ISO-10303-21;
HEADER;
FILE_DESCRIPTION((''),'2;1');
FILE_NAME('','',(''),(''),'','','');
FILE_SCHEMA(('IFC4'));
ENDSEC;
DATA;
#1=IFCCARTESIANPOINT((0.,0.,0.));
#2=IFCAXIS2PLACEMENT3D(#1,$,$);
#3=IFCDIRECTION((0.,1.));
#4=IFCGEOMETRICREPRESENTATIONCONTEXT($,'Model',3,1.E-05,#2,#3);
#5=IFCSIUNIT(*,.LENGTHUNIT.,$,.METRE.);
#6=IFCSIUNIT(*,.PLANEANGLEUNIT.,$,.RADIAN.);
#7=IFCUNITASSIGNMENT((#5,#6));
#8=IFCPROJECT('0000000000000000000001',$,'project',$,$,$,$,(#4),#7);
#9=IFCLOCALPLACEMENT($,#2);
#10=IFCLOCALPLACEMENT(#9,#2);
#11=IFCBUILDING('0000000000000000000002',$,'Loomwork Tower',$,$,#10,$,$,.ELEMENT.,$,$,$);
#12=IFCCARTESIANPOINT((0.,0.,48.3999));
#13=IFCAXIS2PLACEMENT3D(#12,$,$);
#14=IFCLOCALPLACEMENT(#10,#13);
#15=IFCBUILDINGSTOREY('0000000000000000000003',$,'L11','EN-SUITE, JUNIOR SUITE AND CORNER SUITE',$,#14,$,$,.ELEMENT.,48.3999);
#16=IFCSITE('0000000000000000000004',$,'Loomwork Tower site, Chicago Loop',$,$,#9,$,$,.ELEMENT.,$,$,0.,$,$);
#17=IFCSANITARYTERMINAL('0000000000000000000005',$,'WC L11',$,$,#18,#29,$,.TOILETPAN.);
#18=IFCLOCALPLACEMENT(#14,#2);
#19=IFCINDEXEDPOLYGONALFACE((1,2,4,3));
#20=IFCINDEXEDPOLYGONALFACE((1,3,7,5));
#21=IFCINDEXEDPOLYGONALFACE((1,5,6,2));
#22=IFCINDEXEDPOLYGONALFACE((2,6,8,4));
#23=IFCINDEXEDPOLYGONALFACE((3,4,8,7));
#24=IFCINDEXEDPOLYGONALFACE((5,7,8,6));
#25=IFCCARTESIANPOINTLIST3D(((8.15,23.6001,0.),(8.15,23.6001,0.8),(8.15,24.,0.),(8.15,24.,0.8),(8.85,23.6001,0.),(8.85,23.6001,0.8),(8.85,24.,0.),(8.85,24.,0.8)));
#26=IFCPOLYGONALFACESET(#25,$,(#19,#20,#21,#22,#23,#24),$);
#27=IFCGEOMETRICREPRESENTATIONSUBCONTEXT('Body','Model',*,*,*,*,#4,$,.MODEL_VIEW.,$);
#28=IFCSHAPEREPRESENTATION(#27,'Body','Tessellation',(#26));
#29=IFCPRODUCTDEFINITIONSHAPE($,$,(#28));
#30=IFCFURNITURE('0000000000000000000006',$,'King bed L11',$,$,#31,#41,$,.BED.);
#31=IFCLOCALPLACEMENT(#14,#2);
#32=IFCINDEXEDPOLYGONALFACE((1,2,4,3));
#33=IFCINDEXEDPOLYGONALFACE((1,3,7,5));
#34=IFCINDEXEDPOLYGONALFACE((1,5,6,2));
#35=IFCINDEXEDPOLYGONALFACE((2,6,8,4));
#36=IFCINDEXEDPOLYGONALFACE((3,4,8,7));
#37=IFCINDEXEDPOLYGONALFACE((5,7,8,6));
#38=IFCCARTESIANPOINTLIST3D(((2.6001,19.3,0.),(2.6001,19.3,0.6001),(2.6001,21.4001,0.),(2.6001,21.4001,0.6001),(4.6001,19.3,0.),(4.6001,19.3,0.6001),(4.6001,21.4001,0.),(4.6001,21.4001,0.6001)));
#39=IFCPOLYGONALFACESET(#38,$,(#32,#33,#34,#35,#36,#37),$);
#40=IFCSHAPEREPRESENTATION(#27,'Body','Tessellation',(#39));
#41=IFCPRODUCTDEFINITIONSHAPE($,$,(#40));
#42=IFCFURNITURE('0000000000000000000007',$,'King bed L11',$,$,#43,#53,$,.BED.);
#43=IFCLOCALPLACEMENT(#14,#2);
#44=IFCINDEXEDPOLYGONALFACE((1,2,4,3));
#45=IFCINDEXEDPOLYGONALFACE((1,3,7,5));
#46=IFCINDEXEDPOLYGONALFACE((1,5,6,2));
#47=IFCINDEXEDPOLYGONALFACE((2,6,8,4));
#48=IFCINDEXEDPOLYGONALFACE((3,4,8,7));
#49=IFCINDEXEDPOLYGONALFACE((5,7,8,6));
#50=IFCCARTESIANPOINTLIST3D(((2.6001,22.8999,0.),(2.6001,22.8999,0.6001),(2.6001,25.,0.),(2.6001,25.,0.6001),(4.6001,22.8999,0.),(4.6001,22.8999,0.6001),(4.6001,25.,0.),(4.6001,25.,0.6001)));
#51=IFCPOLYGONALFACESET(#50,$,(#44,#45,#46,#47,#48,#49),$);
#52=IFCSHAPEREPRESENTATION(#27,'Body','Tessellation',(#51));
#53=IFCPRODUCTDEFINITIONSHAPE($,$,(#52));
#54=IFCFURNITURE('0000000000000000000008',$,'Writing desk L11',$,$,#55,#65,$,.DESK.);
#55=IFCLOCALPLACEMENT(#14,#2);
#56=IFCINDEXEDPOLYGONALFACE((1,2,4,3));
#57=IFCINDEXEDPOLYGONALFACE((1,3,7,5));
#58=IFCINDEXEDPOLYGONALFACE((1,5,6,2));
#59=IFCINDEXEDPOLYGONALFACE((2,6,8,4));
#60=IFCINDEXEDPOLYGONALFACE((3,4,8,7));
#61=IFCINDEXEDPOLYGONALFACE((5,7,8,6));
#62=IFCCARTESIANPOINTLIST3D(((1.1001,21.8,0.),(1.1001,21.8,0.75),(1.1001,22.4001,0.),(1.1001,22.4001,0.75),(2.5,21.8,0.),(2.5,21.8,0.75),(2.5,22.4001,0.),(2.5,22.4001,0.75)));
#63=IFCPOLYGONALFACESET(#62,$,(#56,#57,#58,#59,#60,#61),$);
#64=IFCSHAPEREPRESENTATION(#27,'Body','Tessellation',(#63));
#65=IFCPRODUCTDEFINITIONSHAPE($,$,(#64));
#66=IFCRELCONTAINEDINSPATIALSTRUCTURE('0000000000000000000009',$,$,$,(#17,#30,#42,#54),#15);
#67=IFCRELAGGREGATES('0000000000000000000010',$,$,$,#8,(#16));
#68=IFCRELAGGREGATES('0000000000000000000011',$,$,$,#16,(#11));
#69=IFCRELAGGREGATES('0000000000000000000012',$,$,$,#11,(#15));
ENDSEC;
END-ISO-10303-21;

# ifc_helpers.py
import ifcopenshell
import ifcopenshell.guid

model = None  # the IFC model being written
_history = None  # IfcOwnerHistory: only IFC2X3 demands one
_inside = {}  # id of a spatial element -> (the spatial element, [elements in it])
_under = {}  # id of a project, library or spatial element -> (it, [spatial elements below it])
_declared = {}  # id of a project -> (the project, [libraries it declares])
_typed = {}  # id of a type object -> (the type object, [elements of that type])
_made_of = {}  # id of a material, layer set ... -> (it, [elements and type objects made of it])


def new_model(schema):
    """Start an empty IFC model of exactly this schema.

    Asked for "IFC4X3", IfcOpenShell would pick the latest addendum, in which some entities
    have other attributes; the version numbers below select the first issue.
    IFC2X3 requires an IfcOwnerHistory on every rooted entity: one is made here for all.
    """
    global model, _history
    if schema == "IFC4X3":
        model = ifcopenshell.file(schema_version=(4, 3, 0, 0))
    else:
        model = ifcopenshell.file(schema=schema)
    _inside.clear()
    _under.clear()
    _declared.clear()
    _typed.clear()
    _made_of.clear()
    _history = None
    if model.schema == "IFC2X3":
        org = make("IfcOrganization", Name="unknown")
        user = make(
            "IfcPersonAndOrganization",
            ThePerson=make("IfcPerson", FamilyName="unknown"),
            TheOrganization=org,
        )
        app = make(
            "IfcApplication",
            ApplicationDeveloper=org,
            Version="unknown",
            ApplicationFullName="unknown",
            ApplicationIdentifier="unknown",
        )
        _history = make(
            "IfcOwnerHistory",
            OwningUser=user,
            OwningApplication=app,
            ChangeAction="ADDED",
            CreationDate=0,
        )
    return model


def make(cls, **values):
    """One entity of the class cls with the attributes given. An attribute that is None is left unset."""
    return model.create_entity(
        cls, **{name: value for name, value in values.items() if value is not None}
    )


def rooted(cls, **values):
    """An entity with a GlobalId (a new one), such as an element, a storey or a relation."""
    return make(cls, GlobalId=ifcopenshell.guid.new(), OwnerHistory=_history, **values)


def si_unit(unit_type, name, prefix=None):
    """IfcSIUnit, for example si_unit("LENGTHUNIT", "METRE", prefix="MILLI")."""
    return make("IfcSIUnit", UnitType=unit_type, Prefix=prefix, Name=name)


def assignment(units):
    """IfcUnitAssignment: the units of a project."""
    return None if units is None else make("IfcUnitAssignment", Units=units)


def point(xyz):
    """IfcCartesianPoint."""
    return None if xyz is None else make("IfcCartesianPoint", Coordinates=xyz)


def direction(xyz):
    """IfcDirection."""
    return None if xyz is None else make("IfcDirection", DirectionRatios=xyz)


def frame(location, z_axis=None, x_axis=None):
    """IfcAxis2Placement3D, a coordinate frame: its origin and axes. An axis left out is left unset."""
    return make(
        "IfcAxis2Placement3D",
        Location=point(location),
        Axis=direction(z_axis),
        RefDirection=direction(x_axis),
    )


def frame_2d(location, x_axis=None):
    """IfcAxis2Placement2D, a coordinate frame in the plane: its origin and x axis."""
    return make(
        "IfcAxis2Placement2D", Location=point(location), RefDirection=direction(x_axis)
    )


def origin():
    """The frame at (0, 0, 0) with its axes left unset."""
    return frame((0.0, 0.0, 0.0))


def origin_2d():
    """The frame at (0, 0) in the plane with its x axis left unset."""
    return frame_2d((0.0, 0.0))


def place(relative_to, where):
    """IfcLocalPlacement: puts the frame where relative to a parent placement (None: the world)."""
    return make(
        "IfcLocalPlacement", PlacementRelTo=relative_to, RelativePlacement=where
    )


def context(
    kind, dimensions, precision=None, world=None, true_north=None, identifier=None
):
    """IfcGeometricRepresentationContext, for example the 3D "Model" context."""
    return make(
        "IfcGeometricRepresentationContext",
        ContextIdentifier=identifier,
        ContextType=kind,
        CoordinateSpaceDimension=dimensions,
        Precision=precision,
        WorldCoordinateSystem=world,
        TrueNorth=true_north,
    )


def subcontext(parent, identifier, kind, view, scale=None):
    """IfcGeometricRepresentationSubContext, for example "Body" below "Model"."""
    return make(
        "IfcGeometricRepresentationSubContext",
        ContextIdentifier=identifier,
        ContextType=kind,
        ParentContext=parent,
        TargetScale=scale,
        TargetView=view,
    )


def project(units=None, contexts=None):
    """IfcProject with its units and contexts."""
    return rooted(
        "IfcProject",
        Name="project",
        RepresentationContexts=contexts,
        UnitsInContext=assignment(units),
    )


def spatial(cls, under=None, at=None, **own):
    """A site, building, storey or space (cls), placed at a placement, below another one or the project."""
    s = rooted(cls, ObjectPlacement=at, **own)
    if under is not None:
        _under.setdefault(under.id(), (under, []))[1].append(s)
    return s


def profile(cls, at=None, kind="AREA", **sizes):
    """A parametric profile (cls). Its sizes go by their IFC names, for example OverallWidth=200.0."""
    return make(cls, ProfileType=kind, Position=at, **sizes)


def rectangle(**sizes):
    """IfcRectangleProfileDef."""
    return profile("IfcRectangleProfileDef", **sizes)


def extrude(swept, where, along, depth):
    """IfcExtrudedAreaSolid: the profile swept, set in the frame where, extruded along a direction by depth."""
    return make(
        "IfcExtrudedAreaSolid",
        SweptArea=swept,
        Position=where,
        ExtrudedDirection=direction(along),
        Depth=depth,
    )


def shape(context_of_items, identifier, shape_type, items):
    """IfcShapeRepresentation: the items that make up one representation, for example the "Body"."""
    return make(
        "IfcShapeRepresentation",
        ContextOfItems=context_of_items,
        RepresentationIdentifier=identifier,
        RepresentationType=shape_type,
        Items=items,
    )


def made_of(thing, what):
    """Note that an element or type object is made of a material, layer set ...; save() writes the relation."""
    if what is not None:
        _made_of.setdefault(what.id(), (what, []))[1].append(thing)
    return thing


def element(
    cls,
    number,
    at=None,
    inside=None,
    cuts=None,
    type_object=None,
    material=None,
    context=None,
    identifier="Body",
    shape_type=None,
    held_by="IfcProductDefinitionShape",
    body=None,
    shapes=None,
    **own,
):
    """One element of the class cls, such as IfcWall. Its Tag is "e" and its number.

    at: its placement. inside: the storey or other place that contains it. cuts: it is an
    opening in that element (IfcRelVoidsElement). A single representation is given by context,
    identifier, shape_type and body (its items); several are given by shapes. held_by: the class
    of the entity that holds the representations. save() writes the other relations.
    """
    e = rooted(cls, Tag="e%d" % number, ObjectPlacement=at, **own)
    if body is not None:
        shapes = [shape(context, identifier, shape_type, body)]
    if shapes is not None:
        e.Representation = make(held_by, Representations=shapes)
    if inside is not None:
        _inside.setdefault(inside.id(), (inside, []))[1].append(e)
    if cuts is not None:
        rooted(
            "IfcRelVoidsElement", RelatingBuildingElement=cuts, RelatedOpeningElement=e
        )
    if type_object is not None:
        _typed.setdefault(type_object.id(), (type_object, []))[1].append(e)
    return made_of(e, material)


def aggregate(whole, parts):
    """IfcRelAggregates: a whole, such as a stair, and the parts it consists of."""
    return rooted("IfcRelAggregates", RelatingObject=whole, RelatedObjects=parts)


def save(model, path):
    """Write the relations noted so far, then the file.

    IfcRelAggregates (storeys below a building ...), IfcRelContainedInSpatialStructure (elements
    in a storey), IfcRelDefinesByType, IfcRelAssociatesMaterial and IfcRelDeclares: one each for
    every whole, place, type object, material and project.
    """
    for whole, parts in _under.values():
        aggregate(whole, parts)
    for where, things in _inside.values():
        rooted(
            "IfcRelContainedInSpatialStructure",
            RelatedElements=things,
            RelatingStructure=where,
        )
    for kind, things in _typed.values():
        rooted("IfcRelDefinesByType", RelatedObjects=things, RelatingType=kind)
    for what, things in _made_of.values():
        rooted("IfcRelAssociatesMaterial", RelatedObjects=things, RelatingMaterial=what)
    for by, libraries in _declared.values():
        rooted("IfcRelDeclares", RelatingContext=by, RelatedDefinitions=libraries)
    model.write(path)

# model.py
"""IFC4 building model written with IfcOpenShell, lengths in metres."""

from ifc_helpers import new_model, si_unit, direction, frame, origin, origin_2d, place, context, subcontext, project, spatial, rectangle, extrude, element, save


model = new_model("IFC4")

# Units and contexts
model_context = context("Model", 3, precision=1e-05, world=origin(), true_north=direction((0.0, 1.0)))
body_context = subcontext(model_context, "Body", "Model", "MODEL_VIEW")
ifc_project = project(units=[si_unit("LENGTHUNIT", "METRE"), si_unit("PLANEANGLEUNIT", "RADIAN")], contexts=[model_context])

# Site, building, storey
site_placement = place(None, origin())
site = spatial("IfcSite", under=ifc_project, at=site_placement, Name="Loomwork Tower site, Chicago Loop", CompositionType="ELEMENT", RefElevation=0.0)
building_placement = place(site_placement, origin())
building = spatial("IfcBuilding", under=site, at=building_placement, Name="Loomwork Tower", CompositionType="ELEMENT")
storey_placement = place(building_placement, frame((0.0, 0.0, 48.3999)))
storey = spatial("IfcBuildingStorey", under=building, at=storey_placement, Name="L11", Description="EN-SUITE, JUNIOR SUITE AND CORNER SUITE", CompositionType="ELEMENT", Elevation=48.3999)

# Sanitary terminal
sanitary_terminal_1_placement = place(storey_placement, frame((8.5, 23.8, 0.0), z_axis=(0.0, 0.0, 1.0), x_axis=(1.0, 0.0, 0.0)))
element("IfcSanitaryTerminal", 1, at=sanitary_terminal_1_placement, inside=storey, Name="WC L11", PredefinedType="TOILETPAN", context=body_context, shape_type="SweptSolid", body=[
    extrude(rectangle(XDim=0.7, YDim=0.3999, at=origin_2d()), origin(), (0.0, 0.0, 1.0), 0.8),
])

# Furniture
for number, where, z_axis, x_axis, name in (
    (2, (3.6001, 20.3501, 0.0), (0.0, 0.0, 1.0), (1.0, 0.0, 0.0), "King bed L11"),
    (3, (3.6001, 23.95, 0.0), (0.0, 0.0, 1.0), (1.0, 0.0, 0.0), "King bed L11"),
):
    element("IfcFurniture", number, at=place(storey_placement, frame(where, z_axis=z_axis, x_axis=x_axis)), inside=storey, Name=name, PredefinedType="BED", context=body_context, shape_type="SweptSolid", body=[
        extrude(rectangle(XDim=2.0, YDim=2.1001, at=origin_2d()), origin(), (0.0, 0.0, 1.0), 0.6001),
    ])
furniture_placement = place(storey_placement, frame((1.8, 22.1001, 0.0), z_axis=(0.0, 0.0, 1.0), x_axis=(1.0, 0.0, 0.0)))
element("IfcFurniture", 4, at=furniture_placement, inside=storey, Name="Writing desk L11", PredefinedType="DESK", context=body_context, shape_type="SweptSolid", body=[
    extrude(rectangle(XDim=1.3999, YDim=0.6001, at=origin_2d()), origin(), (0.0, 0.0, 1.0), 0.75),
])

save(model, "model.ifc")
